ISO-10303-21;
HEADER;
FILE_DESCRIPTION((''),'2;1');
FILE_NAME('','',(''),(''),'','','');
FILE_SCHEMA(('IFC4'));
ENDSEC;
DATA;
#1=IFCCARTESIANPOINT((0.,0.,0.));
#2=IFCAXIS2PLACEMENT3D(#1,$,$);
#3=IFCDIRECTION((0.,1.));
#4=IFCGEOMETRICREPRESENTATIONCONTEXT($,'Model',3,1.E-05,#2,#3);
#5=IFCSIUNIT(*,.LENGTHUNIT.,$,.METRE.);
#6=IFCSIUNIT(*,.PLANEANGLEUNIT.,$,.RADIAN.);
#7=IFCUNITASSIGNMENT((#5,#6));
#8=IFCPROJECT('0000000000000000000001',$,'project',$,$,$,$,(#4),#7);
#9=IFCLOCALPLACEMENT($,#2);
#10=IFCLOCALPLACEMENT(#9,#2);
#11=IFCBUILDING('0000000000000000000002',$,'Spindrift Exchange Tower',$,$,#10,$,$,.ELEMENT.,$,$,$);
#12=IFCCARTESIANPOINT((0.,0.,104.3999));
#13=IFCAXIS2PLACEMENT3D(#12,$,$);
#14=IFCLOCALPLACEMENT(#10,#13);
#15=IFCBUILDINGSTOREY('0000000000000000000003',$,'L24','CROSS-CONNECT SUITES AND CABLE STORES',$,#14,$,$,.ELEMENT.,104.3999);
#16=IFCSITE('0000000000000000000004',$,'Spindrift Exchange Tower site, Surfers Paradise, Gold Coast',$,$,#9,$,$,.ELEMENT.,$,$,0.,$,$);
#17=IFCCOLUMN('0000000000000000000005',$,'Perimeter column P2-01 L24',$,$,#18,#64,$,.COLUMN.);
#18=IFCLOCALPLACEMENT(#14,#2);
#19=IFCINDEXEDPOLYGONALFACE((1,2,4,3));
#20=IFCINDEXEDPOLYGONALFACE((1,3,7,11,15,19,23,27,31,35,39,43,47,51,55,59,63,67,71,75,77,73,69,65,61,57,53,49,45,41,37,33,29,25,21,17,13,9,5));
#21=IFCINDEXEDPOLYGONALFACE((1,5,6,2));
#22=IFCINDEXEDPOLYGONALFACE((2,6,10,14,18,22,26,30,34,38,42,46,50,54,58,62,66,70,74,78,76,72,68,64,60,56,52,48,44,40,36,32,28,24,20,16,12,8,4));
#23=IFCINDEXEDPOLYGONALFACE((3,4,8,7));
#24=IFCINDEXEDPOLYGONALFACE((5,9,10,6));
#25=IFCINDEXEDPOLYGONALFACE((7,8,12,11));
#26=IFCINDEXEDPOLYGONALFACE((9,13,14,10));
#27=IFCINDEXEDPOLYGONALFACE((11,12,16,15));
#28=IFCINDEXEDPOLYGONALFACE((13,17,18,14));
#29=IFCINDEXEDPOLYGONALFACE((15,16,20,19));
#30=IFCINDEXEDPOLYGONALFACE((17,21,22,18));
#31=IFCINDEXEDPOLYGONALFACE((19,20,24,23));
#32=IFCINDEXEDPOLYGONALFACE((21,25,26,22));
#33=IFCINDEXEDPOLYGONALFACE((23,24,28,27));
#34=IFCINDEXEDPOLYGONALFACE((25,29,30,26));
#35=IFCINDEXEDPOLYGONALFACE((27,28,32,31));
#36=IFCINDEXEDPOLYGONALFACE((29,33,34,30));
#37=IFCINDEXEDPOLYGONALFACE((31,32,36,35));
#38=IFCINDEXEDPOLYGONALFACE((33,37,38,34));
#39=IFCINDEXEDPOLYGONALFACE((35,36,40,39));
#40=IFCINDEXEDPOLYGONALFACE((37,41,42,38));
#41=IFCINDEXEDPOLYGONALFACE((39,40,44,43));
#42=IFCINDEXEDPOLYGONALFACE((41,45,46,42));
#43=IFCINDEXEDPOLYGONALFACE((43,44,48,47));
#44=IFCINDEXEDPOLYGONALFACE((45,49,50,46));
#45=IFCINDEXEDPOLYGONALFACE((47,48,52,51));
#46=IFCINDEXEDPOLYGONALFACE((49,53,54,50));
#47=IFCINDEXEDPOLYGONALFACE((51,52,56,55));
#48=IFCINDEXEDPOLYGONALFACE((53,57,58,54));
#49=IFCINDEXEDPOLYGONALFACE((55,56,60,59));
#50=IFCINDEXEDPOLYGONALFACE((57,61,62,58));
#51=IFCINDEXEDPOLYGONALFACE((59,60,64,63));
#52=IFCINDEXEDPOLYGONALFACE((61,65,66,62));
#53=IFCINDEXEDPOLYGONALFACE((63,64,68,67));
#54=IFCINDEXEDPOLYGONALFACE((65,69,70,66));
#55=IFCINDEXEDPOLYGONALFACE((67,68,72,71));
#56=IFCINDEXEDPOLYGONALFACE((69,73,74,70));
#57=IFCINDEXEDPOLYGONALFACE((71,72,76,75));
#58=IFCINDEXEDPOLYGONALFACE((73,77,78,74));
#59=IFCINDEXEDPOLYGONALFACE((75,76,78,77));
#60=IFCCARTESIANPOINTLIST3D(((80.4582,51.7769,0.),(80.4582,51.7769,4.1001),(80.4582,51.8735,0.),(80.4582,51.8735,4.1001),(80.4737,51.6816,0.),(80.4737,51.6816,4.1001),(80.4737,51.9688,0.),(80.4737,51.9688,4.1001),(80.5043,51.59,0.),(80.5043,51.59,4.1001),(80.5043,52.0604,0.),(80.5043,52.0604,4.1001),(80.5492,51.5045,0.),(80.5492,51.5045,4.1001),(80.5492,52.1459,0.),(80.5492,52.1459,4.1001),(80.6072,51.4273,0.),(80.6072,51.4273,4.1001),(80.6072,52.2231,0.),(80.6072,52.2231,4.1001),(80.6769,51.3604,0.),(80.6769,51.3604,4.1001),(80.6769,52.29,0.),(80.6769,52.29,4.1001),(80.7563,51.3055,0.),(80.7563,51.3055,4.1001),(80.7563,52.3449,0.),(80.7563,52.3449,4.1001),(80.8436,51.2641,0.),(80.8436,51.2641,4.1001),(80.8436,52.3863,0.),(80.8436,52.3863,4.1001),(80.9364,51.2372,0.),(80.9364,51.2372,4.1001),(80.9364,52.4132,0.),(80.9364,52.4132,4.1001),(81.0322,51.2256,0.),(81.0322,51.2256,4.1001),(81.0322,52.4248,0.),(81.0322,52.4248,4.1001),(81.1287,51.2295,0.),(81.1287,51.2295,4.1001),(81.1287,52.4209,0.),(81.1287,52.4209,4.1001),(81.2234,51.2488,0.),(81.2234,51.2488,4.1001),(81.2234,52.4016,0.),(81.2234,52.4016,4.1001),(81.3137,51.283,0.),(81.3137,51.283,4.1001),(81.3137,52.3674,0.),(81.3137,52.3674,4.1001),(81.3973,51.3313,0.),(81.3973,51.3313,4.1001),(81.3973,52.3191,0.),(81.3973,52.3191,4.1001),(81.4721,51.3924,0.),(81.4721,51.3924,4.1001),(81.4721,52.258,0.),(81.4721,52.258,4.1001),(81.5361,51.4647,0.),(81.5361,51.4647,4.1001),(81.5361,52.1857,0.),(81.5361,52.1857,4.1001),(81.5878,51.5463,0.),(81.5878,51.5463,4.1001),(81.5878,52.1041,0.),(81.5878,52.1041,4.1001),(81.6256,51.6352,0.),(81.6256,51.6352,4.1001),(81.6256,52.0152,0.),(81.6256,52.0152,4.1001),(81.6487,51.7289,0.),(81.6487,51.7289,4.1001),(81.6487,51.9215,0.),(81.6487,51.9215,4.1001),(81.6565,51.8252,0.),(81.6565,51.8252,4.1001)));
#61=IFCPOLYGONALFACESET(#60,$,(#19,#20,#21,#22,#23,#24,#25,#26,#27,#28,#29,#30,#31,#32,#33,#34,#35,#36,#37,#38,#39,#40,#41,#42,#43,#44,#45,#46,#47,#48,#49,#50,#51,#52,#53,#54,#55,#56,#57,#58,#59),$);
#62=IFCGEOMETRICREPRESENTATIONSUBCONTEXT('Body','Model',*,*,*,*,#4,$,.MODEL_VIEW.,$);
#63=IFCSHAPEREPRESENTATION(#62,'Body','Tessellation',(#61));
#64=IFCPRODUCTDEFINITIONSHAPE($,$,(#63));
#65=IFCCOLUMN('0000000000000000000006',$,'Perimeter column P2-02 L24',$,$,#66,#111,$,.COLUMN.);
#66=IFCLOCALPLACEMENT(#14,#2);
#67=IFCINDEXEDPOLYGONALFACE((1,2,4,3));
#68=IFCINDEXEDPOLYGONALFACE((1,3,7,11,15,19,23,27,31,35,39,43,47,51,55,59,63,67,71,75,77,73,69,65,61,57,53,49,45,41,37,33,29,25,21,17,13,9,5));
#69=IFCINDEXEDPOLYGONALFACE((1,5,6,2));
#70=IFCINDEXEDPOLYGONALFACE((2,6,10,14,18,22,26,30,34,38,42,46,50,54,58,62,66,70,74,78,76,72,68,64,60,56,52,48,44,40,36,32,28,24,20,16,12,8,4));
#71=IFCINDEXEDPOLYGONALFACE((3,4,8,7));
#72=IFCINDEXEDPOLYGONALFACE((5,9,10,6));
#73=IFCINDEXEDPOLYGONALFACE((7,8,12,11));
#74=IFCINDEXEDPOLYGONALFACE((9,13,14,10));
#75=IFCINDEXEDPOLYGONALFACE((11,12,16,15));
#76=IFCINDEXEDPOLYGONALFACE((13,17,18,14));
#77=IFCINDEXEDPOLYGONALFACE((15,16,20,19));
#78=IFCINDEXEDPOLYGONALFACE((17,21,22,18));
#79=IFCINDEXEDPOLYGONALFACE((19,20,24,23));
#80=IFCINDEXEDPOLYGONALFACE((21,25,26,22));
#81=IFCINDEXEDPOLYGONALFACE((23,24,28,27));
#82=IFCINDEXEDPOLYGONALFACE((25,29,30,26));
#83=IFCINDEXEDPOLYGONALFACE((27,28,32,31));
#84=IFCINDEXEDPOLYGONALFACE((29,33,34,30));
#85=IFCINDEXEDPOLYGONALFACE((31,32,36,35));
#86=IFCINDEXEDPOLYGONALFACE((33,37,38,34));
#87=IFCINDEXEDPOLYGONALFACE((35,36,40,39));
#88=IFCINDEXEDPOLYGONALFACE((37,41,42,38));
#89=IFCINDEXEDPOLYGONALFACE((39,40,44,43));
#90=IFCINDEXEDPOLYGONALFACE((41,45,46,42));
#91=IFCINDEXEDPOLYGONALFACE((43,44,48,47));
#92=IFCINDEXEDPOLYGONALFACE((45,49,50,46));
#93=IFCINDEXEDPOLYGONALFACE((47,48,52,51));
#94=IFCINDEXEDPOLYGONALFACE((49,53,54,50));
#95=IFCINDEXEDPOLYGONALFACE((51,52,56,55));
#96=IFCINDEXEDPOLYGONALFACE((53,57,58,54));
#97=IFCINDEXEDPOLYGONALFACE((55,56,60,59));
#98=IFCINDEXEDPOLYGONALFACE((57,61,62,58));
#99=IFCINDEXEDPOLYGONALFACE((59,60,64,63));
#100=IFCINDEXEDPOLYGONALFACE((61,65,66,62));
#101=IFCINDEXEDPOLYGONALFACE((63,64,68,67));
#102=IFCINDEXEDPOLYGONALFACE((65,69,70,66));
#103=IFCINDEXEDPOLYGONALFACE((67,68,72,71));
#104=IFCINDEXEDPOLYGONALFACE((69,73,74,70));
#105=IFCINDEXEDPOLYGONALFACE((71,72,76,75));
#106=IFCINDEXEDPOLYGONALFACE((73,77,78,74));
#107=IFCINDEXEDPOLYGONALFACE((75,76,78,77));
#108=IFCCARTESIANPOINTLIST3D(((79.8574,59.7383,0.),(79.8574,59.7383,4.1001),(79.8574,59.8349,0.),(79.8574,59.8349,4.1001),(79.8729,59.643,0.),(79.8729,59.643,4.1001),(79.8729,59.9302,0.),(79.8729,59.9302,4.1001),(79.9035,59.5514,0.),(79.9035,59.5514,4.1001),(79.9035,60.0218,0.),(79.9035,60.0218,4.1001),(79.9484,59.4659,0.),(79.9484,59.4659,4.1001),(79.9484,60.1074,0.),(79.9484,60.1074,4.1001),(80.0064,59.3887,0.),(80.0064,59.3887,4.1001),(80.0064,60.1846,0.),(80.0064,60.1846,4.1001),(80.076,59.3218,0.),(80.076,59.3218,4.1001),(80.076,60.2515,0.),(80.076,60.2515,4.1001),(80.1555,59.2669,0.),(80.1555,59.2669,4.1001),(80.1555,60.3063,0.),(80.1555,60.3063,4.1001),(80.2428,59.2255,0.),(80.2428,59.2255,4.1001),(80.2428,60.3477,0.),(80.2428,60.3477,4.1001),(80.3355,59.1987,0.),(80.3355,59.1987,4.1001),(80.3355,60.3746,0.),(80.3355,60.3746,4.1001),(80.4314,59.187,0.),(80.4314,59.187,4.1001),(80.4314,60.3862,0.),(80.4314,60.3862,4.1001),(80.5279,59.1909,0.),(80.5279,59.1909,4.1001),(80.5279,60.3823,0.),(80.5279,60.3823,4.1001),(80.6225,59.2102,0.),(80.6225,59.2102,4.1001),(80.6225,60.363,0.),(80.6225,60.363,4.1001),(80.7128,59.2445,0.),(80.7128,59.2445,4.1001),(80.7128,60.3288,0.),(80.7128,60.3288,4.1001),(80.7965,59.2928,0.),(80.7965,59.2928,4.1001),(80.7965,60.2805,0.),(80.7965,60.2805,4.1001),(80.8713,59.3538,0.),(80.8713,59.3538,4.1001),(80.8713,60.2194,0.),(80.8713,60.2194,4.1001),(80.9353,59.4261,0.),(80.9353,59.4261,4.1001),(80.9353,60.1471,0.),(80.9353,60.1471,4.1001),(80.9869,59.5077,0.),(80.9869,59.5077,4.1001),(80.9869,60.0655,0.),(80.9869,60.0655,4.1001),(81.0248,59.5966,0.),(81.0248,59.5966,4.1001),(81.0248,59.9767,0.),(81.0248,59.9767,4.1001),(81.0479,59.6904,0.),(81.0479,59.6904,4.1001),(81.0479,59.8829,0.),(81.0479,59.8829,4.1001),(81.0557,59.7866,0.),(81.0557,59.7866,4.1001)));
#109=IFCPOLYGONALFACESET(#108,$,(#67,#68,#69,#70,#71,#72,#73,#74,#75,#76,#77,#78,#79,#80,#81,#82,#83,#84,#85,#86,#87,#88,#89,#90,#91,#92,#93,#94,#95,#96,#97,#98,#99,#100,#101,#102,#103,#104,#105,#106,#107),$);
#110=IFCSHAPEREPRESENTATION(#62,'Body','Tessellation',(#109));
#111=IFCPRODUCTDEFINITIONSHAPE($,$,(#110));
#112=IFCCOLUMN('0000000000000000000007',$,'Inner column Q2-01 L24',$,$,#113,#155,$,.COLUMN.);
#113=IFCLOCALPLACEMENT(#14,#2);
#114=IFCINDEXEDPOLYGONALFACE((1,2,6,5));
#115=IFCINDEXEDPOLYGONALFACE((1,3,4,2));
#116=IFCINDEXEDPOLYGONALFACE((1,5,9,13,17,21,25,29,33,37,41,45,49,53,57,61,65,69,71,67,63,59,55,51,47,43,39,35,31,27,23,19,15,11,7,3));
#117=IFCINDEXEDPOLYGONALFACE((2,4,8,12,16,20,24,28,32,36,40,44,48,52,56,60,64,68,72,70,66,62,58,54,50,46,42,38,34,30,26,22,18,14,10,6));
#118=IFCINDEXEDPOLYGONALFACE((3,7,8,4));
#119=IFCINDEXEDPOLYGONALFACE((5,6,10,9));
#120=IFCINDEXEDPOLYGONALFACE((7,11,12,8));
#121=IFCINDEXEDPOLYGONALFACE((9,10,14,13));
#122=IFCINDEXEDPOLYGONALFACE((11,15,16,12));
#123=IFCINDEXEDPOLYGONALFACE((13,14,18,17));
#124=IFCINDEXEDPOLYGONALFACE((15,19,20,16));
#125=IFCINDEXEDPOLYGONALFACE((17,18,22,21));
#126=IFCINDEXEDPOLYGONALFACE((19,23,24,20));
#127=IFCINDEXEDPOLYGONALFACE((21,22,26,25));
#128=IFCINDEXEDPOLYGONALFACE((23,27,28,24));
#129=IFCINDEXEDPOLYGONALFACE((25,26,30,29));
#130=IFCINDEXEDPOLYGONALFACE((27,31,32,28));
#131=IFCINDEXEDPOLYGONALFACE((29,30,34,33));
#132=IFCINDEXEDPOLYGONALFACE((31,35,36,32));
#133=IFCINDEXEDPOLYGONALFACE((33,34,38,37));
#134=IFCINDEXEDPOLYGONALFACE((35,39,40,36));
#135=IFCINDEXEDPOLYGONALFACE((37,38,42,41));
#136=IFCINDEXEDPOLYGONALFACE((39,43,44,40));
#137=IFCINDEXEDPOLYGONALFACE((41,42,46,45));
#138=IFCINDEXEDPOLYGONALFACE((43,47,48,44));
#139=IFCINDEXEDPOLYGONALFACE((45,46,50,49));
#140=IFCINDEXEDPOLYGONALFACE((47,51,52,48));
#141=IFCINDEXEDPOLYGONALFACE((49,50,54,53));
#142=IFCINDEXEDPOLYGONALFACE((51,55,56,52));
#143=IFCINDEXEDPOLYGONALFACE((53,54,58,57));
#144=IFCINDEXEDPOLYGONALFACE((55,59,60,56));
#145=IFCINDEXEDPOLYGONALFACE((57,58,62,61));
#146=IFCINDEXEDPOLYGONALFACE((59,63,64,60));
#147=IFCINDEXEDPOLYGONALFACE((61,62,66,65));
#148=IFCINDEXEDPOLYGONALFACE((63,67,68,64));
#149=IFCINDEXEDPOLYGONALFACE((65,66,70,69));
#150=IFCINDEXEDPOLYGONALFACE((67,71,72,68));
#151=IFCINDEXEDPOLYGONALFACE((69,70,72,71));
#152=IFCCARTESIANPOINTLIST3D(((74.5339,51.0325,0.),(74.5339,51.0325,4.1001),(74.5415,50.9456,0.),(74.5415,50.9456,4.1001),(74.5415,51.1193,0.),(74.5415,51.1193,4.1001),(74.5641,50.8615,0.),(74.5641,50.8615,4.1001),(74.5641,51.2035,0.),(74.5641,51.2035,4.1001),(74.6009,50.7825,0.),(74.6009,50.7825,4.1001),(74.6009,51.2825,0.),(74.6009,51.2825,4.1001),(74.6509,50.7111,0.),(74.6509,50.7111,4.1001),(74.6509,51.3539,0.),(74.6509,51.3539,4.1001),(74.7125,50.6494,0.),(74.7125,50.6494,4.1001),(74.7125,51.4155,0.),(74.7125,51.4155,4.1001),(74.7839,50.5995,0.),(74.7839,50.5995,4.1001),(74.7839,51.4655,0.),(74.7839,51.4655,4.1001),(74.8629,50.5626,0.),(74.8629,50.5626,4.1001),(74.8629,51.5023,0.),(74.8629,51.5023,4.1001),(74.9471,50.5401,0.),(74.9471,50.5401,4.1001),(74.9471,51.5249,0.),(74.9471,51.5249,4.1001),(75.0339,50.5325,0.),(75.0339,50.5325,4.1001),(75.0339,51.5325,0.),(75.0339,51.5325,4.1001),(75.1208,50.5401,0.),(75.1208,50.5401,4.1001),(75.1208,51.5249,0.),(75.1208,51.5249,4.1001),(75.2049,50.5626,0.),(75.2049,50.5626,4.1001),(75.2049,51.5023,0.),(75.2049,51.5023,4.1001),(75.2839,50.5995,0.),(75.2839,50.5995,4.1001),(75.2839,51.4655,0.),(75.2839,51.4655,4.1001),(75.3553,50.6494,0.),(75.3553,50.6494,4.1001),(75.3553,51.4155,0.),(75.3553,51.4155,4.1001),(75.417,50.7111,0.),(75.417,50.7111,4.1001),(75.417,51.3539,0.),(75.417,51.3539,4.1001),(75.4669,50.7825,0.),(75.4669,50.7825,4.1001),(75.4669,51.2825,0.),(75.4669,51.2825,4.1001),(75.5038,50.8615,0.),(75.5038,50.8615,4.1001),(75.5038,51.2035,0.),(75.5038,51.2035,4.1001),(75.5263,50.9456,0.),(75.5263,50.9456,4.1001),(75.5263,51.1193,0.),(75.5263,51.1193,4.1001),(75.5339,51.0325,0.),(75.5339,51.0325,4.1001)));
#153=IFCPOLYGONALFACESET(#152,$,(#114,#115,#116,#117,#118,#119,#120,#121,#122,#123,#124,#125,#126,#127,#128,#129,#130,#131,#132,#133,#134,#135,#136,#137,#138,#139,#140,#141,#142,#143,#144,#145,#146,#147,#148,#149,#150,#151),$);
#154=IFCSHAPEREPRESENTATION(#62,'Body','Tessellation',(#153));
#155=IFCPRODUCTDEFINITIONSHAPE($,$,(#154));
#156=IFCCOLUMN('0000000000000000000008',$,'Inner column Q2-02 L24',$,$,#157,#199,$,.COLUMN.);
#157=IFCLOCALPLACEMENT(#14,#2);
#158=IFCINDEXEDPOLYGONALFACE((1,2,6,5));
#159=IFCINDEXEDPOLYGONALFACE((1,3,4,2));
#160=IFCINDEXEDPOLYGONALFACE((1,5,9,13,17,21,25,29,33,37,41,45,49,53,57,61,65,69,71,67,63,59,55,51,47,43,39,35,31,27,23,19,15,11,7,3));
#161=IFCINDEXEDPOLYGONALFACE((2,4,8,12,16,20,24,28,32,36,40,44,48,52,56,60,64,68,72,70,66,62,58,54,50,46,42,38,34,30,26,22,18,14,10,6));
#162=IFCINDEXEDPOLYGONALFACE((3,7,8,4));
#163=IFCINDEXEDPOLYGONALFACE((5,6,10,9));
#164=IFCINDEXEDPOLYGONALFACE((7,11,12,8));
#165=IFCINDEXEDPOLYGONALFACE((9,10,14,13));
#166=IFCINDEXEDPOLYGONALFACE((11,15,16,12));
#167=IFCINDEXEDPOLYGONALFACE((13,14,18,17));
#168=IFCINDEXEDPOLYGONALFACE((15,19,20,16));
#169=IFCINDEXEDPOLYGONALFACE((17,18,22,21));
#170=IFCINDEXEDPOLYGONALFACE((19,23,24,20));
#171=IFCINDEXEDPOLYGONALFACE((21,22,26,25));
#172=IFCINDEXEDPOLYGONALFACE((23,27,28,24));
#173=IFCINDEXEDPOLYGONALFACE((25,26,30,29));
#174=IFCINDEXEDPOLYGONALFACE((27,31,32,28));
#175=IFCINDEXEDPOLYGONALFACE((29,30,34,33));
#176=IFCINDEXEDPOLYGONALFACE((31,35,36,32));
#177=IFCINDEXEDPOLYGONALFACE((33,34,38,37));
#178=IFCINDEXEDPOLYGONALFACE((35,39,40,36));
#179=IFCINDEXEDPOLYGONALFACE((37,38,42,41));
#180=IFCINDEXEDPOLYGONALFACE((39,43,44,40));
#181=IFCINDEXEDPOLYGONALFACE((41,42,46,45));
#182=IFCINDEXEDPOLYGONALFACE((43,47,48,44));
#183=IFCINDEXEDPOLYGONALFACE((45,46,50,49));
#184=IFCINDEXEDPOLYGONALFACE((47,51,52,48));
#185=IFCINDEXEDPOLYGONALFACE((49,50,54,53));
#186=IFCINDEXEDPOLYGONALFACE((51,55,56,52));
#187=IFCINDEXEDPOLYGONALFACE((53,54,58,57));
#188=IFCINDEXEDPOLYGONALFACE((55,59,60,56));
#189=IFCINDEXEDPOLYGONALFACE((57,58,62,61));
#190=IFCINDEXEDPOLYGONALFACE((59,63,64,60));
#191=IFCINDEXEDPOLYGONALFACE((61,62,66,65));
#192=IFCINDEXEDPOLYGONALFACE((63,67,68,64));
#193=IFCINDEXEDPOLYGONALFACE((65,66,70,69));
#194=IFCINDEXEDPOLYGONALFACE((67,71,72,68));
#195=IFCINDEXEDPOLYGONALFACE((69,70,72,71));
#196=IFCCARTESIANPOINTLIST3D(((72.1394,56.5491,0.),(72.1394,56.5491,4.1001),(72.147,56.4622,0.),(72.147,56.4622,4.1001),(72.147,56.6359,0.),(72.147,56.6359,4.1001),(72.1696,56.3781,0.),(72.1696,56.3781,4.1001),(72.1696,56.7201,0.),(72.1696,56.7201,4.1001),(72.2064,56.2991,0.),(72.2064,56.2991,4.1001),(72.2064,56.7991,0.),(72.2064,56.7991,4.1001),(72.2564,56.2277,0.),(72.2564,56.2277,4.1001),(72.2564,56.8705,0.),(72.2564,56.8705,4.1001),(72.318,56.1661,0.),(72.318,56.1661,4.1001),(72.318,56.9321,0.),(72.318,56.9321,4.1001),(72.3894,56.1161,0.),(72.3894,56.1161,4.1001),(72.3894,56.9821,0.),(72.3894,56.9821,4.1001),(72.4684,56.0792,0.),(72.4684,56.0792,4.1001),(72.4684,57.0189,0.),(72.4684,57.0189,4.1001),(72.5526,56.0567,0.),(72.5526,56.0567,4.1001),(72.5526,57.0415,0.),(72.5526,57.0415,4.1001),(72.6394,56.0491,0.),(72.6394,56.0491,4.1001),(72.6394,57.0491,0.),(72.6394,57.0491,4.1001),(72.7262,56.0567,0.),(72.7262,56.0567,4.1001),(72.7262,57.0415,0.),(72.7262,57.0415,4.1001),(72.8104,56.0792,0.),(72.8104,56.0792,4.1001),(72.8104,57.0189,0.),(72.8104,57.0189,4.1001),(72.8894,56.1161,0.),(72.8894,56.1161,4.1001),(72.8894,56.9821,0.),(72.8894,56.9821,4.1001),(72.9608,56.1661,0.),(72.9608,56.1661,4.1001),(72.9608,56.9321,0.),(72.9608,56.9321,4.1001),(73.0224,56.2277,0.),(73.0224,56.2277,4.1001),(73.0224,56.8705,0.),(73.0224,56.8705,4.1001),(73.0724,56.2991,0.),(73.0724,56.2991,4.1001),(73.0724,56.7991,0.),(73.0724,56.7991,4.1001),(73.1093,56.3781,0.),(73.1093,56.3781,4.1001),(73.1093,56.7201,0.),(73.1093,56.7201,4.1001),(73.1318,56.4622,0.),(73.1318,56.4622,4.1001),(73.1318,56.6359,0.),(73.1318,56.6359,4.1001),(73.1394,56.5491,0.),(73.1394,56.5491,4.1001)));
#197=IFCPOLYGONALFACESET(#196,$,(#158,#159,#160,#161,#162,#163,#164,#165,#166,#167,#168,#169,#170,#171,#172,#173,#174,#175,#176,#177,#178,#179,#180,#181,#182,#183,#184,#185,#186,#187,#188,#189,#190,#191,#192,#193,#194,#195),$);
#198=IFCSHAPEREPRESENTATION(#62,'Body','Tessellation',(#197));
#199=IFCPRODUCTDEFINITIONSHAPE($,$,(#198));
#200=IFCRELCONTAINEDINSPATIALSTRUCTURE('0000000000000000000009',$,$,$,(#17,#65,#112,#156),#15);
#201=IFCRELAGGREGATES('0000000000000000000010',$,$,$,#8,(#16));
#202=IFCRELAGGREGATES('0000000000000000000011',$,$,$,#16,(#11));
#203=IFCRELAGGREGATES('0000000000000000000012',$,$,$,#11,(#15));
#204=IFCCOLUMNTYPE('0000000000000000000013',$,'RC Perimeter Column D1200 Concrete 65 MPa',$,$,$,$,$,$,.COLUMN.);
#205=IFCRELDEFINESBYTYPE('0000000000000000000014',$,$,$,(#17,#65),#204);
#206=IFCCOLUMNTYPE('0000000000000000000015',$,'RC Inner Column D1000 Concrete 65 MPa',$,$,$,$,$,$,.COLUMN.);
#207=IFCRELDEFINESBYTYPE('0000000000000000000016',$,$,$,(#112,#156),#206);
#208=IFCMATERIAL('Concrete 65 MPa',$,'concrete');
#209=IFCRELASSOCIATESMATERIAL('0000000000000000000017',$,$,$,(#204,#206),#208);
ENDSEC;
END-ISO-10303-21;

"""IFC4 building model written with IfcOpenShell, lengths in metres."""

from ifc_helpers import new_model, si_unit, direction, frame, origin, origin_2d, place, context, subcontext, project, spatial, circle, extrude, source, transform, mapped, material, material_profile, profile_set, type_object, element, save


model = new_model("IFC4")

# Units and contexts
model_context = context("Model", 3, precision=1e-05, world=origin(), true_north=direction((0.0, 1.0)))
body_context = subcontext(model_context, "Body", "Model", "MODEL_VIEW")
ifc_project = project(units=[si_unit("LENGTHUNIT", "METRE"), si_unit("PLANEANGLEUNIT", "RADIAN")], contexts=[model_context])

# Site, building, storey
site_placement = place(None, origin())
site = spatial("IfcSite", under=ifc_project, at=site_placement, Name="Spindrift Exchange Tower site, Surfers Paradise, Gold Coast", CompositionType="ELEMENT", RefElevation=0.0)
building_placement = place(site_placement, origin())
building = spatial("IfcBuilding", under=site, at=building_placement, Name="Spindrift Exchange Tower", CompositionType="ELEMENT")
storey_placement = place(building_placement, frame((0.0, 0.0, 104.3999)))
storey = spatial("IfcBuildingStorey", under=building, at=storey_placement, Name="L24", Description="CROSS-CONNECT SUITES AND CABLE STORES", CompositionType="ELEMENT", Elevation=104.3999)

# Columns
ifc_material_1 = material(Name="Concrete 65 MPa", Category="concrete")
ifc_material_profile_1 = material_profile(ifc_material_1, circle(Radius=0.6001, at=origin_2d()), Name="RC D1200")
ifc_profile_set_1 = profile_set([ifc_material_profile_1], Name="Concrete 65 MPa")
column_type_1 = type_object("IfcColumnType", Name="RC Perimeter Column D1200 Concrete 65 MPa", PredefinedType="COLUMN", material=ifc_profile_set_1)
shared_shape_1 = source(origin(), body_context, "Body", "SweptSolid", [
    extrude(circle(Radius=0.6001, at=origin_2d()), origin(), (0.0, 0.0, 1.0), 4.1001),
])
for number, where, z_axis, x_axis, name in (
    (1, (81.0564, 51.8252, 0.0), (0.0, 0.0, 1.0), (1.0, 0.0, 0.0), "Perimeter column P2-01 L24"),
    (2, (80.4556, 59.7866, 0.0), (0.0, 0.0, 1.0), (1.0, 0.0, 0.0), "Perimeter column P2-02 L24"),
):
    element("IfcColumn", number, at=place(storey_placement, frame(where, z_axis=z_axis, x_axis=x_axis)), inside=storey, type_object=column_type_1, Name=name, PredefinedType="COLUMN", context=body_context, shape_type="MappedRepresentation", body=[
        mapped(shared_shape_1, transform((0.0, 0.0, 0.0), scale=1.0)),
    ])
ifc_material_profile_2 = material_profile(ifc_material_1, circle(Radius=0.5, at=origin_2d()), Name="RC D1000")
ifc_profile_set_2 = profile_set([ifc_material_profile_2], Name="Concrete 65 MPa")
column_type_2 = type_object("IfcColumnType", Name="RC Inner Column D1000 Concrete 65 MPa", PredefinedType="COLUMN", material=ifc_profile_set_2)
shared_shape_2 = source(origin(), body_context, "Body", "SweptSolid", [
    extrude(circle(Radius=0.5, at=origin_2d()), origin(), (0.0, 0.0, 1.0), 4.1001),
])
for number, where, z_axis, x_axis, name in (
    (3, (75.0339, 51.0325, 0.0), (0.0, 0.0, 1.0), (1.0, 0.0, 0.0), "Inner column Q2-01 L24"),
    (4, (72.6394, 56.5491, 0.0), (0.0, 0.0, 1.0), (1.0, 0.0, 0.0), "Inner column Q2-02 L24"),
):
    element("IfcColumn", number, at=place(storey_placement, frame(where, z_axis=z_axis, x_axis=x_axis)), inside=storey, type_object=column_type_2, Name=name, PredefinedType="COLUMN", context=body_context, shape_type="MappedRepresentation", body=[
        mapped(shared_shape_2, transform((0.0, 0.0, 0.0), scale=1.0)),
    ])

save(model, "model.ifc")
